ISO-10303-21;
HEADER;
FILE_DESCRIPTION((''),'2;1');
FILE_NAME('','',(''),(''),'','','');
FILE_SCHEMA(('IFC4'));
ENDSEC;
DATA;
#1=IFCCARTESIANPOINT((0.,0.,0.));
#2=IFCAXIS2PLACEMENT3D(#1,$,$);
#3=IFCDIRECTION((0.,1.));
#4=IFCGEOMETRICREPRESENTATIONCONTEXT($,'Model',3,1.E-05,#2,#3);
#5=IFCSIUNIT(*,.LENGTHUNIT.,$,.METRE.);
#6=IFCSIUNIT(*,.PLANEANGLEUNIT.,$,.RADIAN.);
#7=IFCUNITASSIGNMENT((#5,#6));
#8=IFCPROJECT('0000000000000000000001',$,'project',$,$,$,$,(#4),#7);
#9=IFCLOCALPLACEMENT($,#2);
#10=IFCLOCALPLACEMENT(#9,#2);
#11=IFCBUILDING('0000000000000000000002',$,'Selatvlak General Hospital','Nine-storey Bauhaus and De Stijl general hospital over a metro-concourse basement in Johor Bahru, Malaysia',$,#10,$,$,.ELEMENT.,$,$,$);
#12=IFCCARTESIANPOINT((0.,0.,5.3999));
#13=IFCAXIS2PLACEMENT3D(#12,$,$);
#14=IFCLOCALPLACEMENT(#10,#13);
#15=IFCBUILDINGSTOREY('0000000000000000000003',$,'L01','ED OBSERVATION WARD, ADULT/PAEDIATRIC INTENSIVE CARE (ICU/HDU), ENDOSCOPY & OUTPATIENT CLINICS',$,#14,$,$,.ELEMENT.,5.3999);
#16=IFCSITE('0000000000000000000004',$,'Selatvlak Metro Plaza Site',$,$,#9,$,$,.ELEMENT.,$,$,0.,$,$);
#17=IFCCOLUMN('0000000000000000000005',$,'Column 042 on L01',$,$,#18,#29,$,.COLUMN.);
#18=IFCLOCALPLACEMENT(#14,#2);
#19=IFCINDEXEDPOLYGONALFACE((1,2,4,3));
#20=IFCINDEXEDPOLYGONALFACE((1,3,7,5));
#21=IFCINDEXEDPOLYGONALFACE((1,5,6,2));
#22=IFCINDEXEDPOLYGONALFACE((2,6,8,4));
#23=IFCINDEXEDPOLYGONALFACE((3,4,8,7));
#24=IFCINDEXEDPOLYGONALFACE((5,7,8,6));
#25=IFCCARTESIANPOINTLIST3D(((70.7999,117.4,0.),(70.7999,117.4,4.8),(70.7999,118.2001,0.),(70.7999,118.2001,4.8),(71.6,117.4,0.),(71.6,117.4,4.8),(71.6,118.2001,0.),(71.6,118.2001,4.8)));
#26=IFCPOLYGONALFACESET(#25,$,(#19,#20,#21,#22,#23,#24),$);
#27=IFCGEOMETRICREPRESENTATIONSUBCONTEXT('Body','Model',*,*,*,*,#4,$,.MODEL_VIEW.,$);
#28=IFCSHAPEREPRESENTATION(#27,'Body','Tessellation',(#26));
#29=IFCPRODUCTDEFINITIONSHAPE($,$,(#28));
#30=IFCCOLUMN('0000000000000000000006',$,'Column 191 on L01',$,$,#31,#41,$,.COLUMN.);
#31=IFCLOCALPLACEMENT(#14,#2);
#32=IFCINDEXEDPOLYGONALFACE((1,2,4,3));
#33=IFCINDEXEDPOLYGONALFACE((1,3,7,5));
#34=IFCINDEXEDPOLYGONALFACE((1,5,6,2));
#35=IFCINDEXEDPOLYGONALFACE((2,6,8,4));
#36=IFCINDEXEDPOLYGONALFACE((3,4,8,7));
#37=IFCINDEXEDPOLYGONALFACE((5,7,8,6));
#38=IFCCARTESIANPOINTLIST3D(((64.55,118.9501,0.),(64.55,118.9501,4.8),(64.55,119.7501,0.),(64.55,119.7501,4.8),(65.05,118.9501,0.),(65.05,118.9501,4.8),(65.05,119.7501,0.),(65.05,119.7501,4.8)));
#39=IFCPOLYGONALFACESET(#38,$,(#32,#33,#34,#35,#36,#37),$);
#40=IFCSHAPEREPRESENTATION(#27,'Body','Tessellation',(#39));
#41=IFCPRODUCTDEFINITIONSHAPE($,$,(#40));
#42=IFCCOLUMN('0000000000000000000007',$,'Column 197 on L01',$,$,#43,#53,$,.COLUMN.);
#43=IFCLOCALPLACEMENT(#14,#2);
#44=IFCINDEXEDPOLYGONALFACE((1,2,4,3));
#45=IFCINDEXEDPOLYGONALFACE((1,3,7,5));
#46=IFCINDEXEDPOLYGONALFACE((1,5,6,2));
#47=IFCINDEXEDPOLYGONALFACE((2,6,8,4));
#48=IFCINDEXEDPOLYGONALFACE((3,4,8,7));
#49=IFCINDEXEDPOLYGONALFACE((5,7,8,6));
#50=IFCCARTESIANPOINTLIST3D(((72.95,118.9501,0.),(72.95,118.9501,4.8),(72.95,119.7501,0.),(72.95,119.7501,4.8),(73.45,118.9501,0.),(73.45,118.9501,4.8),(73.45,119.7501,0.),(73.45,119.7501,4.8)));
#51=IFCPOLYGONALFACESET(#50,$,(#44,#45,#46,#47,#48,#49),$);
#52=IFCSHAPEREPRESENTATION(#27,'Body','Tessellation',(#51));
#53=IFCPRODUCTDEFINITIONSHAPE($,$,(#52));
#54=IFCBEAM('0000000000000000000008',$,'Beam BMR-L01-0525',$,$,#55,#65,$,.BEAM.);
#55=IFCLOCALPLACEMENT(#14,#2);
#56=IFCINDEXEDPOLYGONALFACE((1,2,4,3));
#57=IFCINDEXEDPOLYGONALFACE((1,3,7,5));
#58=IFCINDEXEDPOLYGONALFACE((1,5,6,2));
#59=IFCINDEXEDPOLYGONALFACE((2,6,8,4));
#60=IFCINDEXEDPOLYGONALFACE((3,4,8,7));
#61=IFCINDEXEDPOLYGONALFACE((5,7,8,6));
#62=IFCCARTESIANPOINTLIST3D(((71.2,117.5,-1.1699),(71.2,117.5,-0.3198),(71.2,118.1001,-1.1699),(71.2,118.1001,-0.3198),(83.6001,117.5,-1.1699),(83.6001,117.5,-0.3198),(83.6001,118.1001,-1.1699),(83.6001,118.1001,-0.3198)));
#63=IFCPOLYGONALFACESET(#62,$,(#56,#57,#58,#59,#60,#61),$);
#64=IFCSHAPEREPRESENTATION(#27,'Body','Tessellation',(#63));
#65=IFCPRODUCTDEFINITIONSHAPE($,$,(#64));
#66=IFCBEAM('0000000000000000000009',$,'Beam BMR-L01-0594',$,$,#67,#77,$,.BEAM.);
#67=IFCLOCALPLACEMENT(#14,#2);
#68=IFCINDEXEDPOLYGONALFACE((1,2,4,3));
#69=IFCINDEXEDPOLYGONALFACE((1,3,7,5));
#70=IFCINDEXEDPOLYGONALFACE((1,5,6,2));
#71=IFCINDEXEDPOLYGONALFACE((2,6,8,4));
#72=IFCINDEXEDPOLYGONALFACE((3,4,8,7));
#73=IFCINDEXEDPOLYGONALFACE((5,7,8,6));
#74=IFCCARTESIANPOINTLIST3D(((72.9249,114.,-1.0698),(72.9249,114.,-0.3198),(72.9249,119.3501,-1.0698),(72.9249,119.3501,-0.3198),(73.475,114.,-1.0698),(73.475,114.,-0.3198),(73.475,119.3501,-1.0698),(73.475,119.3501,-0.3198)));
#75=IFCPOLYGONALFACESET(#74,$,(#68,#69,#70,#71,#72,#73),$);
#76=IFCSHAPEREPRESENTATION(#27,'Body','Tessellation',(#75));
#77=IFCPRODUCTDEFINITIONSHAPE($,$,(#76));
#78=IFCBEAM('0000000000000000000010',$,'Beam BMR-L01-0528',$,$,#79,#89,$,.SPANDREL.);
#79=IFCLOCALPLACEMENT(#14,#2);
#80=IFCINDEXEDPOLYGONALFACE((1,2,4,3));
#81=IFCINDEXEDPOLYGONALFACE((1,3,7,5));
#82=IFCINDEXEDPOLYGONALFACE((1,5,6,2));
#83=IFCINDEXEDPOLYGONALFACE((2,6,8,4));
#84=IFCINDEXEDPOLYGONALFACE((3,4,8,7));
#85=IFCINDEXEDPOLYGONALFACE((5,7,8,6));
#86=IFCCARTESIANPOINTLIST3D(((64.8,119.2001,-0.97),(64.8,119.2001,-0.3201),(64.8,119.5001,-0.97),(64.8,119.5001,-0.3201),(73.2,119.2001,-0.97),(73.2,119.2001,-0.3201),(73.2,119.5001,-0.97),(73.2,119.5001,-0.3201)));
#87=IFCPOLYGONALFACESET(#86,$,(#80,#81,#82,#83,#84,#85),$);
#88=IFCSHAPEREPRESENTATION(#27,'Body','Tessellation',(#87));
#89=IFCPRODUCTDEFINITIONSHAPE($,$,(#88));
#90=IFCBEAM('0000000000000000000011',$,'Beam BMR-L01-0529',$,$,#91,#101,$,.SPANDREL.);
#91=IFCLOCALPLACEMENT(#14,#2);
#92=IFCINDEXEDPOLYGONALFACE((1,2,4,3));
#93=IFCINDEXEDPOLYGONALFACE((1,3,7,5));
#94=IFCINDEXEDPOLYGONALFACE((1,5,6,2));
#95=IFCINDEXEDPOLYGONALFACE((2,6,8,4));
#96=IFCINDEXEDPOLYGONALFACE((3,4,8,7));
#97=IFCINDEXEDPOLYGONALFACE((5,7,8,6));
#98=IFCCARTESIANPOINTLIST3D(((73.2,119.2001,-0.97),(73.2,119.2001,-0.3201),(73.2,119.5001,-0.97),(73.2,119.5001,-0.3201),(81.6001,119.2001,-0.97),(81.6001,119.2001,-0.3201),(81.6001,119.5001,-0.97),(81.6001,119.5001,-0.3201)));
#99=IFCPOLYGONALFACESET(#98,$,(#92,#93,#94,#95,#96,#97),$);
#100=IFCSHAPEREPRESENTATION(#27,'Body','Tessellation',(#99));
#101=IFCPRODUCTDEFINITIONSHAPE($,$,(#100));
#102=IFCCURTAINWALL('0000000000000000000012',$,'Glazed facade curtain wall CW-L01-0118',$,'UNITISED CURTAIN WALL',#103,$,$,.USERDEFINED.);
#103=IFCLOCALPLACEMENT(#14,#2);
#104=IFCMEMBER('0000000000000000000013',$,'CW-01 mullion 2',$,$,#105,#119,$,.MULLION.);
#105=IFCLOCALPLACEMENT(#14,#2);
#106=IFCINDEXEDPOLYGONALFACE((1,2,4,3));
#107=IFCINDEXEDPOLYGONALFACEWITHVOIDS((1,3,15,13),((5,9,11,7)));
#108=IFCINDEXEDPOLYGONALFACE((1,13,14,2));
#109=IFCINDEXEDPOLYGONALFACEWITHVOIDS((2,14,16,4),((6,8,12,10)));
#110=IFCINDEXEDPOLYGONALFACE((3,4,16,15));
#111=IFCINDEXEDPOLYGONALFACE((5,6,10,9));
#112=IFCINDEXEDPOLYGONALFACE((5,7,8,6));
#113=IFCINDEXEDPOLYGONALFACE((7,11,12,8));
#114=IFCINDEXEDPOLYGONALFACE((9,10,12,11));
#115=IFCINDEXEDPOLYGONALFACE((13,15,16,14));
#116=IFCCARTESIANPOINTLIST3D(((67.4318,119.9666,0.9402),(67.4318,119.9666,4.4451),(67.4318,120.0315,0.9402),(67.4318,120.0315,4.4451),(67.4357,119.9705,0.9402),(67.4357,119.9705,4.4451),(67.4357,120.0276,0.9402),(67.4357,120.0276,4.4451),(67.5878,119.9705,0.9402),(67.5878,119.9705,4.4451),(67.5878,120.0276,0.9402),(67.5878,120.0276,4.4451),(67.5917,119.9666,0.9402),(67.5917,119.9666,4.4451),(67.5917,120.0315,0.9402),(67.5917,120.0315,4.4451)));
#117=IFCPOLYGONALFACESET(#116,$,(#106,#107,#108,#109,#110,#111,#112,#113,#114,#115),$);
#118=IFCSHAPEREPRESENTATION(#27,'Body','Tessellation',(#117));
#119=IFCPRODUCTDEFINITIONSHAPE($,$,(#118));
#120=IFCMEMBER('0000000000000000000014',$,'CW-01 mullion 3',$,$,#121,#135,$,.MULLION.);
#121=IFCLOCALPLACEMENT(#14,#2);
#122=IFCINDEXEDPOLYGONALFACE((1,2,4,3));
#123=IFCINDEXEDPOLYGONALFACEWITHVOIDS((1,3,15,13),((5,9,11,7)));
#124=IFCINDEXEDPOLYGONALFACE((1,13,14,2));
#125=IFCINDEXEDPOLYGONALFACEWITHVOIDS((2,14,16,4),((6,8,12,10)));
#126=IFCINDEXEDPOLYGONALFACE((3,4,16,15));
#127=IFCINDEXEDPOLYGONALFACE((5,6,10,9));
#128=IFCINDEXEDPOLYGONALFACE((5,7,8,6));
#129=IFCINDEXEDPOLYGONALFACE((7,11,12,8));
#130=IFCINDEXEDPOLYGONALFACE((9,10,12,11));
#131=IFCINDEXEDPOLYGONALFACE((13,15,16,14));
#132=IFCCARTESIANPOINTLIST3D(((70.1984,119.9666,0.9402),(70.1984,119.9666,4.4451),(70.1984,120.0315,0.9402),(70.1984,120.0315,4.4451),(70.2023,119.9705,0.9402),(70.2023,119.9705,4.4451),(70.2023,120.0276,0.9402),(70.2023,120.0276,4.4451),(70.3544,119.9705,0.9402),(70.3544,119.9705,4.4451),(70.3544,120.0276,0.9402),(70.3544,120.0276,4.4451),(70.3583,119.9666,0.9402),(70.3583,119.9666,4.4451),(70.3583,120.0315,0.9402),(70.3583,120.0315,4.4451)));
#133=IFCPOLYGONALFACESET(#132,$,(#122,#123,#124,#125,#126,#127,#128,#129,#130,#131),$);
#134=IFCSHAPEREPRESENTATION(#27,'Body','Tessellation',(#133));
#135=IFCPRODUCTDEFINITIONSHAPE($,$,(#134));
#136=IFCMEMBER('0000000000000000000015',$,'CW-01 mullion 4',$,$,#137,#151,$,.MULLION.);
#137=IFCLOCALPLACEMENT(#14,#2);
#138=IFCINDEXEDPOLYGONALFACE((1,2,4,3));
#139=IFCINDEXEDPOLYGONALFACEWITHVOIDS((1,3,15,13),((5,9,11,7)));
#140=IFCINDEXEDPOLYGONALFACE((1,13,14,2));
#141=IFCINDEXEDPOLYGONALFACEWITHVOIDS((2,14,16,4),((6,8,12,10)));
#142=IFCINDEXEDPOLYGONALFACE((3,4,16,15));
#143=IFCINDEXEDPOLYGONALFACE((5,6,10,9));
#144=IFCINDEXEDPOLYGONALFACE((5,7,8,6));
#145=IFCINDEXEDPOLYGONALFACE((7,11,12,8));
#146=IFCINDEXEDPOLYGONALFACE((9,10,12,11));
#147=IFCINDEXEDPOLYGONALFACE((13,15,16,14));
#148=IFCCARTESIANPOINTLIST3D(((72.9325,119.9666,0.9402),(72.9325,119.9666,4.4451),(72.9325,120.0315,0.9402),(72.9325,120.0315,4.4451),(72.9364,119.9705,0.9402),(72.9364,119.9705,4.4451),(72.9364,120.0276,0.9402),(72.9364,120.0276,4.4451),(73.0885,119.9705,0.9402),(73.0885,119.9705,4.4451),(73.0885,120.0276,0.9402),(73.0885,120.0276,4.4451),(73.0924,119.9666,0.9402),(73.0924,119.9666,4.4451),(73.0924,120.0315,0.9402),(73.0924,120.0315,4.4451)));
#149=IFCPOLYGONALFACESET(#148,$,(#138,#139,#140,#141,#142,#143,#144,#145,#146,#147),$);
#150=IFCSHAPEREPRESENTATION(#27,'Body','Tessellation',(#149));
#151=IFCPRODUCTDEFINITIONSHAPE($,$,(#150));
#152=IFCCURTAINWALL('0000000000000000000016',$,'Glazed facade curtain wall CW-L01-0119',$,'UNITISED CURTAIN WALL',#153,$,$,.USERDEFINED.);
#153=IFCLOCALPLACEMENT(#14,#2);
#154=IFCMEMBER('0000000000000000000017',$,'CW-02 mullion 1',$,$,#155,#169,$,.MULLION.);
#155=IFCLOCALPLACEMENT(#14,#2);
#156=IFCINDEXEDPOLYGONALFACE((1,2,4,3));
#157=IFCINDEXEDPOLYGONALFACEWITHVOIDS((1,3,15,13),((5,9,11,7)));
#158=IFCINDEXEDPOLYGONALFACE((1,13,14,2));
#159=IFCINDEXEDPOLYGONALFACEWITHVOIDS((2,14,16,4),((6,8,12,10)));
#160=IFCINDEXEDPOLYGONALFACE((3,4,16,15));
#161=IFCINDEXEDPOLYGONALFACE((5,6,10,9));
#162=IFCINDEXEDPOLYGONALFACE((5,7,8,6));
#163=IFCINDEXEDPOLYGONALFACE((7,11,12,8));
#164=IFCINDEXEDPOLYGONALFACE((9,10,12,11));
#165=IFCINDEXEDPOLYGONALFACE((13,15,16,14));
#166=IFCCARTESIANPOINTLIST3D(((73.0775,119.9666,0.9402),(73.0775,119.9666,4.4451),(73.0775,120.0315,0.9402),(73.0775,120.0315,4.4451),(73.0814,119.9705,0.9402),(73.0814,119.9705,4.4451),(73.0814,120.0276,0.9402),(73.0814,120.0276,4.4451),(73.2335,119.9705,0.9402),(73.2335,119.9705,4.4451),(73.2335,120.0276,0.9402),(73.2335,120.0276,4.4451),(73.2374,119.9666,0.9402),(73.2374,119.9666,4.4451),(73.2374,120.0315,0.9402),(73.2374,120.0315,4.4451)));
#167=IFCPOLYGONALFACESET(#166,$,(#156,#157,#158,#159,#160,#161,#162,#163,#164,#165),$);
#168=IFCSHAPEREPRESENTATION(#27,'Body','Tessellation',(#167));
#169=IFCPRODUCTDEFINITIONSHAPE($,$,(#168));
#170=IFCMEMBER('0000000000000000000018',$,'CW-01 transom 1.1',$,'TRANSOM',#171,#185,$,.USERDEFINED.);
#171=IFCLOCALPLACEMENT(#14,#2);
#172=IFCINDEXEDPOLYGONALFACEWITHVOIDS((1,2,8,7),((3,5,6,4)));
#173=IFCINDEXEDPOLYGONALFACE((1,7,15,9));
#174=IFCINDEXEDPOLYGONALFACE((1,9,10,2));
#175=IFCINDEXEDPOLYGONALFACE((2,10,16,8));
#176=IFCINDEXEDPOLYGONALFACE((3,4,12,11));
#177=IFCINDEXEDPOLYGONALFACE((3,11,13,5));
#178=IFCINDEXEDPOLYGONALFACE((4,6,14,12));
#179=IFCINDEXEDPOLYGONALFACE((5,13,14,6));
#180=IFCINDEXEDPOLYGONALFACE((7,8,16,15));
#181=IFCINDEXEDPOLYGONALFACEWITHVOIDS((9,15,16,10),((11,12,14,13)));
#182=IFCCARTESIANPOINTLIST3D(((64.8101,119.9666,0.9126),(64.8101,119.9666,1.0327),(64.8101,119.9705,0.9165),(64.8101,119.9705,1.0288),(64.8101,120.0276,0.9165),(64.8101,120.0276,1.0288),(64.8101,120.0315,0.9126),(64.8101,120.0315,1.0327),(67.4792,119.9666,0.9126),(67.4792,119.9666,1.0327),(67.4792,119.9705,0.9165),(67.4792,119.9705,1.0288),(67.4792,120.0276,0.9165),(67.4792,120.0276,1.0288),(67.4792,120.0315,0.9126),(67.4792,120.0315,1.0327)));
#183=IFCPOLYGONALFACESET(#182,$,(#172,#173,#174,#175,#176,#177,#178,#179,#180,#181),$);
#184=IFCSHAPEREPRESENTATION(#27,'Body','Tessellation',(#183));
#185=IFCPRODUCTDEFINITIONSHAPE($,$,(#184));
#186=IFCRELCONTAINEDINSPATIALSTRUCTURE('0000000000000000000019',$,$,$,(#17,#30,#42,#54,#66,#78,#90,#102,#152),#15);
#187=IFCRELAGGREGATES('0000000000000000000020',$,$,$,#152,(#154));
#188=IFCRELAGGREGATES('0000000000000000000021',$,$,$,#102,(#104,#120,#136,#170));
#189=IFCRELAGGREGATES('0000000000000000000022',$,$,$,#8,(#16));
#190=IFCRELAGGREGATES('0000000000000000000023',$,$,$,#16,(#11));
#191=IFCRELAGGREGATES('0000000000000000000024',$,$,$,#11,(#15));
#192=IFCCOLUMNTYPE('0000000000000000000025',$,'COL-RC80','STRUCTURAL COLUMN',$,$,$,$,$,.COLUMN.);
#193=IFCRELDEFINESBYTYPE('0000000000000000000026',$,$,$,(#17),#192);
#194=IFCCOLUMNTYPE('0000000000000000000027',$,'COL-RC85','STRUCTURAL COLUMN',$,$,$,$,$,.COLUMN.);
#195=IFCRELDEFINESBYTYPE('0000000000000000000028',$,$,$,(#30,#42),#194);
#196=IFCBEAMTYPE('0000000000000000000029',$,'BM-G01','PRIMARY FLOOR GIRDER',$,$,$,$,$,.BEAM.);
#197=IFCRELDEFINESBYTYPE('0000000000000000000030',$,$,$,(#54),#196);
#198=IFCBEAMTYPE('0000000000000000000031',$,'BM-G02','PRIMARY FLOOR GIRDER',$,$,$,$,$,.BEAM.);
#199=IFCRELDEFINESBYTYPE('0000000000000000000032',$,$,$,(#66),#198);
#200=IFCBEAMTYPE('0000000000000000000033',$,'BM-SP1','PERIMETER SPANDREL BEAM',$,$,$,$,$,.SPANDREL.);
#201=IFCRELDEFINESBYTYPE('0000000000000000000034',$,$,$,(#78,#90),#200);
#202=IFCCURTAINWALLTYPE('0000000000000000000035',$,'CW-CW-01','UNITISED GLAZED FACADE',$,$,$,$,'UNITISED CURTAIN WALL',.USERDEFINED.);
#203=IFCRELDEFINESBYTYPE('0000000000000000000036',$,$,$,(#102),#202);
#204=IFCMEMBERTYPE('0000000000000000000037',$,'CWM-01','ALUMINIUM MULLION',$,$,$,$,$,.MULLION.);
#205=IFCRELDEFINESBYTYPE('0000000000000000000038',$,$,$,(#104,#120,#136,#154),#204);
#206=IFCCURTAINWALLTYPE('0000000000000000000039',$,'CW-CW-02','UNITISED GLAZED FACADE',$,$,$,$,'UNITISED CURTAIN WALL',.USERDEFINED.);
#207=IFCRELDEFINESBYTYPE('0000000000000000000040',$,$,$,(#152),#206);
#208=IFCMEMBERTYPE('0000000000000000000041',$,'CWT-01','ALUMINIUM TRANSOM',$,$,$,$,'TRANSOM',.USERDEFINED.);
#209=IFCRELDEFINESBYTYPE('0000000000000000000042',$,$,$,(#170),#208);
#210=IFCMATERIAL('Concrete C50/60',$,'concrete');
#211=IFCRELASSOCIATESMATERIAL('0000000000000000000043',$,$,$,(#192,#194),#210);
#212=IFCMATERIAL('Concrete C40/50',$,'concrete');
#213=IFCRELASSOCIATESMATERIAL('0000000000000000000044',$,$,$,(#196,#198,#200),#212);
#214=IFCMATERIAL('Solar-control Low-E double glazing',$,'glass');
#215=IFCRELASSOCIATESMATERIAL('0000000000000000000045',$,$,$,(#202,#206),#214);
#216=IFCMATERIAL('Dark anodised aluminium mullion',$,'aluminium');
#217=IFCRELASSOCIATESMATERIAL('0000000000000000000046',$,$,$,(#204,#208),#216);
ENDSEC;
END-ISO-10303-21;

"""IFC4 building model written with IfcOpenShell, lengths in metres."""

from ifc_helpers import new_model, si_unit, direction, frame, origin, origin_2d, place, context, subcontext, project, spatial, rectangle, hollow_rectangle, extrude, material, material_profile, profile_set, type_object, element, aggregate, save


model = new_model("IFC4")

# Units and contexts
model_context = context("Model", 3, precision=1e-05, world=origin(), true_north=direction((0.0, 1.0)))
body_context = subcontext(model_context, "Body", "Model", "MODEL_VIEW")
ifc_project = project(units=[si_unit("LENGTHUNIT", "METRE"), si_unit("PLANEANGLEUNIT", "RADIAN")], contexts=[model_context])

# Site, building, storey
site_placement = place(None, origin())
site = spatial("IfcSite", under=ifc_project, at=site_placement, Name="Selatvlak Metro Plaza Site", CompositionType="ELEMENT", RefElevation=0.0)
building_placement = place(site_placement, origin())
building = spatial("IfcBuilding", under=site, at=building_placement, Name="Selatvlak General Hospital", Description="Nine-storey Bauhaus and De Stijl general hospital over a metro-concourse basement in Johor Bahru, Malaysia", CompositionType="ELEMENT")
storey_placement = place(building_placement, frame((0.0, 0.0, 5.3999)))
storey = spatial("IfcBuildingStorey", under=building, at=storey_placement, Name="L01", Description="ED OBSERVATION WARD, ADULT/PAEDIATRIC INTENSIVE CARE (ICU/HDU), ENDOSCOPY & OUTPATIENT CLINICS", CompositionType="ELEMENT", Elevation=5.3999)

# Columns
ifc_material_1 = material(Name="Concrete C50/60", Category="concrete")
ifc_material_profile_1 = material_profile(ifc_material_1, rectangle(XDim=0.8, YDim=0.8, at=origin_2d()), Name="RC-COL 800x800")
ifc_profile_set_1 = profile_set([ifc_material_profile_1], Name="Concrete C50/60")
column_type_1 = type_object("IfcColumnType", Name="COL-RC80", Description="STRUCTURAL COLUMN", PredefinedType="COLUMN", material=ifc_profile_set_1)
column_placement = place(storey_placement, frame((71.2, 117.8, 0.0), z_axis=(0.0, 0.0, 1.0), x_axis=(1.0, 0.0, 0.0)))
element("IfcColumn", 1, at=column_placement, inside=storey, type_object=column_type_1, Name="Column 042 on L01", PredefinedType="COLUMN", context=body_context, shape_type="SweptSolid", body=[
    extrude(rectangle(XDim=0.8, YDim=0.8, at=origin_2d()), origin(), (0.0, 0.0, 1.0), 4.8),
])
ifc_material_profile_2 = material_profile(ifc_material_1, rectangle(XDim=0.5, YDim=0.8, at=origin_2d()), Name="RC-COL 800x500")
ifc_profile_set_2 = profile_set([ifc_material_profile_2], Name="Concrete C50/60")
column_type_2 = type_object("IfcColumnType", Name="COL-RC85", Description="STRUCTURAL COLUMN", PredefinedType="COLUMN", material=ifc_profile_set_2)
for number, where, z_axis, x_axis, name in (
    (2, (64.8, 119.3501, 0.0), (0.0, 0.0, 1.0), (1.0, 0.0, 0.0), "Column 191 on L01"),
    (3, (73.2, 119.3501, 0.0), (0.0, 0.0, 1.0), (1.0, 0.0, 0.0), "Column 197 on L01"),
):
    element("IfcColumn", number, at=place(storey_placement, frame(where, z_axis=z_axis, x_axis=x_axis)), inside=storey, type_object=column_type_2, Name=name, PredefinedType="COLUMN", context=body_context, shape_type="SweptSolid", body=[
        extrude(rectangle(XDim=0.5, YDim=0.8, at=origin_2d()), origin(), (0.0, 0.0, 1.0), 4.8),
    ])

# Beams
ifc_material_2 = material(Name="Concrete C40/50", Category="concrete")
ifc_material_profile_3 = material_profile(ifc_material_2, rectangle(XDim=0.6001, YDim=0.8501, at=origin_2d()), Name="RC-BM 600x850")
ifc_profile_set_3 = profile_set([ifc_material_profile_3], Name="Concrete C40/50")
beam_type_1 = type_object("IfcBeamType", Name="BM-G01", Description="PRIMARY FLOOR GIRDER", PredefinedType="BEAM", material=ifc_profile_set_3)
beam_1_placement = place(storey_placement, frame((71.2, 117.8, -0.7449), z_axis=(1.0, 0.0, 0.0), x_axis=(0.0, 1.0, 0.0)))
element("IfcBeam", 4, at=beam_1_placement, inside=storey, type_object=beam_type_1, Name="Beam BMR-L01-0525", PredefinedType="BEAM", context=body_context, shape_type="SweptSolid", body=[
    extrude(rectangle(XDim=0.6001, YDim=0.8501, at=origin_2d()), origin(), (0.0, 0.0, 1.0), 12.4001),
])
ifc_material_profile_4 = material_profile(ifc_material_2, rectangle(XDim=0.55, YDim=0.75, at=origin_2d()), Name="RC-BM 550x750")
ifc_profile_set_4 = profile_set([ifc_material_profile_4], Name="Concrete C40/50")
beam_type_2 = type_object("IfcBeamType", Name="BM-G02", Description="PRIMARY FLOOR GIRDER", PredefinedType="BEAM", material=ifc_profile_set_4)
beam_2_placement = place(storey_placement, frame((73.2, 114.0, -0.6948), z_axis=(0.0, 1.0, 0.0), x_axis=(-1.0, 0.0, 0.0)))
element("IfcBeam", 5, at=beam_2_placement, inside=storey, type_object=beam_type_2, Name="Beam BMR-L01-0594", PredefinedType="BEAM", context=body_context, shape_type="SweptSolid", body=[
    extrude(rectangle(XDim=0.55, YDim=0.75, at=origin_2d()), origin(), (0.0, 0.0, 1.0), 5.3501),
])
ifc_material_profile_5 = material_profile(ifc_material_2, rectangle(XDim=0.3, YDim=0.6499, at=origin_2d()), Name="RC-SP 300x650")
ifc_profile_set_5 = profile_set([ifc_material_profile_5], Name="Concrete C40/50")
beam_type_3 = type_object("IfcBeamType", Name="BM-SP1", Description="PERIMETER SPANDREL BEAM", PredefinedType="SPANDREL", material=ifc_profile_set_5)
beam_3_placement = place(storey_placement, frame((64.8, 119.3501, -0.645), z_axis=(1.0, 0.0, 0.0), x_axis=(0.0, 1.0, 0.0)))
element("IfcBeam", 6, at=beam_3_placement, inside=storey, type_object=beam_type_3, Name="Beam BMR-L01-0528", PredefinedType="SPANDREL", context=body_context, shape_type="SweptSolid", body=[
    extrude(rectangle(XDim=0.3, YDim=0.6499, at=origin_2d()), origin(), (0.0, 0.0, 1.0), 8.3999),
])
beam_4_placement = place(storey_placement, frame((73.2, 119.3501, -0.645), z_axis=(1.0, 0.0, 0.0), x_axis=(0.0, 1.0, 0.0)))
element("IfcBeam", 7, at=beam_4_placement, inside=storey, type_object=beam_type_3, Name="Beam BMR-L01-0529", PredefinedType="SPANDREL", context=body_context, shape_type="SweptSolid", body=[
    extrude(rectangle(XDim=0.3, YDim=0.6499, at=origin_2d()), origin(), (0.0, 0.0, 1.0), 8.4001),
])

# Curtain wall, members
ifc_material_3 = material(Name="Solar-control Low-E double glazing", Category="glass")
curtain_wall_type_1 = type_object("IfcCurtainWallType", Name="CW-CW-01", Description="UNITISED GLAZED FACADE", ElementType="UNITISED CURTAIN WALL", PredefinedType="USERDEFINED", material=ifc_material_3)
curtain_wall_1_placement = place(storey_placement, origin())
curtain_wall_1 = element("IfcCurtainWall", 8, at=curtain_wall_1_placement, inside=storey, type_object=curtain_wall_type_1, Name="Glazed facade curtain wall CW-L01-0118", ObjectType="UNITISED CURTAIN WALL", PredefinedType="USERDEFINED")
ifc_material_4 = material(Name="Dark anodised aluminium mullion", Category="aluminium")
ifc_material_profile_6 = material_profile(ifc_material_4, hollow_rectangle(XDim=0.0649, YDim=0.1599, WallThickness=0.0039, at=origin_2d()), Name="AL-MUL 65x160x4")
ifc_profile_set_6 = profile_set([ifc_material_profile_6], Name="Dark anodised aluminium mullion")
member_type_1 = type_object("IfcMemberType", Name="CWM-01", Description="ALUMINIUM MULLION", PredefinedType="MULLION", material=ifc_profile_set_6)
member_1_placement = place(storey_placement, frame((67.5117, 119.999, 0.9402), z_axis=(0.0, 0.0, 1.0), x_axis=(0.0, 1.0, 0.0)))
member_1 = element("IfcMember", 9, at=member_1_placement, type_object=member_type_1, Name="CW-01 mullion 2", PredefinedType="MULLION", context=body_context, shape_type="SweptSolid", body=[
    extrude(hollow_rectangle(XDim=0.0649, YDim=0.1599, WallThickness=0.0039, at=origin_2d()), origin(), (0.0, 0.0, 1.0), 3.5049),
])
member_2_placement = place(storey_placement, frame((70.2783, 119.999, 0.9402), z_axis=(0.0, 0.0, 1.0), x_axis=(0.0, 1.0, 0.0)))
member_2 = element("IfcMember", 10, at=member_2_placement, type_object=member_type_1, Name="CW-01 mullion 3", PredefinedType="MULLION", context=body_context, shape_type="SweptSolid", body=[
    extrude(hollow_rectangle(XDim=0.0649, YDim=0.1599, WallThickness=0.0039, at=origin_2d()), origin(), (0.0, 0.0, 1.0), 3.5049),
])
member_3_placement = place(storey_placement, frame((73.0125, 119.999, 0.9402), z_axis=(0.0, 0.0, 1.0), x_axis=(0.0, 1.0, 0.0)))
member_3 = element("IfcMember", 11, at=member_3_placement, type_object=member_type_1, Name="CW-01 mullion 4", PredefinedType="MULLION", context=body_context, shape_type="SweptSolid", body=[
    extrude(hollow_rectangle(XDim=0.0649, YDim=0.1599, WallThickness=0.0039, at=origin_2d()), origin(), (0.0, 0.0, 1.0), 3.5049),
])

# Curtain wall, member
curtain_wall_type_2 = type_object("IfcCurtainWallType", Name="CW-CW-02", Description="UNITISED GLAZED FACADE", ElementType="UNITISED CURTAIN WALL", PredefinedType="USERDEFINED", material=ifc_material_3)
curtain_wall_2_placement = place(storey_placement, origin())
curtain_wall_2 = element("IfcCurtainWall", 12, at=curtain_wall_2_placement, inside=storey, type_object=curtain_wall_type_2, Name="Glazed facade curtain wall CW-L01-0119", ObjectType="UNITISED CURTAIN WALL", PredefinedType="USERDEFINED")
member_4_placement = place(storey_placement, frame((73.1575, 119.999, 0.9402), z_axis=(0.0, 0.0, 1.0), x_axis=(0.0, 1.0, 0.0)))
member_4 = element("IfcMember", 13, at=member_4_placement, type_object=member_type_1, Name="CW-02 mullion 1", PredefinedType="MULLION", context=body_context, shape_type="SweptSolid", body=[
    extrude(hollow_rectangle(XDim=0.0649, YDim=0.1599, WallThickness=0.0039, at=origin_2d()), origin(), (0.0, 0.0, 1.0), 3.5049),
])

# Member
ifc_material_profile_7 = material_profile(ifc_material_4, hollow_rectangle(XDim=0.0649, YDim=0.1201, WallThickness=0.0039, at=origin_2d()), Name="AL-TRN 65x120x4")
ifc_profile_set_7 = profile_set([ifc_material_profile_7], Name="Dark anodised aluminium mullion")
member_type_2 = type_object("IfcMemberType", Name="CWT-01", Description="ALUMINIUM TRANSOM", ElementType="TRANSOM", PredefinedType="USERDEFINED", material=ifc_profile_set_7)
member_5_placement = place(storey_placement, frame((64.8101, 119.999, 0.9727), z_axis=(1.0, 0.0, 0.0), x_axis=(0.0, 1.0, 0.0)))
member_5 = element("IfcMember", 14, at=member_5_placement, type_object=member_type_2, Name="CW-01 transom 1.1", ObjectType="TRANSOM", PredefinedType="USERDEFINED", context=body_context, shape_type="SweptSolid", body=[
    extrude(hollow_rectangle(XDim=0.0649, YDim=0.1201, WallThickness=0.0039, at=origin_2d()), origin(), (0.0, 0.0, 1.0), 2.6692),
])
aggregate(curtain_wall_2, [member_4])

aggregate(curtain_wall_1, [member_1, member_2, member_3, member_5])

save(model, "model.ifc")
